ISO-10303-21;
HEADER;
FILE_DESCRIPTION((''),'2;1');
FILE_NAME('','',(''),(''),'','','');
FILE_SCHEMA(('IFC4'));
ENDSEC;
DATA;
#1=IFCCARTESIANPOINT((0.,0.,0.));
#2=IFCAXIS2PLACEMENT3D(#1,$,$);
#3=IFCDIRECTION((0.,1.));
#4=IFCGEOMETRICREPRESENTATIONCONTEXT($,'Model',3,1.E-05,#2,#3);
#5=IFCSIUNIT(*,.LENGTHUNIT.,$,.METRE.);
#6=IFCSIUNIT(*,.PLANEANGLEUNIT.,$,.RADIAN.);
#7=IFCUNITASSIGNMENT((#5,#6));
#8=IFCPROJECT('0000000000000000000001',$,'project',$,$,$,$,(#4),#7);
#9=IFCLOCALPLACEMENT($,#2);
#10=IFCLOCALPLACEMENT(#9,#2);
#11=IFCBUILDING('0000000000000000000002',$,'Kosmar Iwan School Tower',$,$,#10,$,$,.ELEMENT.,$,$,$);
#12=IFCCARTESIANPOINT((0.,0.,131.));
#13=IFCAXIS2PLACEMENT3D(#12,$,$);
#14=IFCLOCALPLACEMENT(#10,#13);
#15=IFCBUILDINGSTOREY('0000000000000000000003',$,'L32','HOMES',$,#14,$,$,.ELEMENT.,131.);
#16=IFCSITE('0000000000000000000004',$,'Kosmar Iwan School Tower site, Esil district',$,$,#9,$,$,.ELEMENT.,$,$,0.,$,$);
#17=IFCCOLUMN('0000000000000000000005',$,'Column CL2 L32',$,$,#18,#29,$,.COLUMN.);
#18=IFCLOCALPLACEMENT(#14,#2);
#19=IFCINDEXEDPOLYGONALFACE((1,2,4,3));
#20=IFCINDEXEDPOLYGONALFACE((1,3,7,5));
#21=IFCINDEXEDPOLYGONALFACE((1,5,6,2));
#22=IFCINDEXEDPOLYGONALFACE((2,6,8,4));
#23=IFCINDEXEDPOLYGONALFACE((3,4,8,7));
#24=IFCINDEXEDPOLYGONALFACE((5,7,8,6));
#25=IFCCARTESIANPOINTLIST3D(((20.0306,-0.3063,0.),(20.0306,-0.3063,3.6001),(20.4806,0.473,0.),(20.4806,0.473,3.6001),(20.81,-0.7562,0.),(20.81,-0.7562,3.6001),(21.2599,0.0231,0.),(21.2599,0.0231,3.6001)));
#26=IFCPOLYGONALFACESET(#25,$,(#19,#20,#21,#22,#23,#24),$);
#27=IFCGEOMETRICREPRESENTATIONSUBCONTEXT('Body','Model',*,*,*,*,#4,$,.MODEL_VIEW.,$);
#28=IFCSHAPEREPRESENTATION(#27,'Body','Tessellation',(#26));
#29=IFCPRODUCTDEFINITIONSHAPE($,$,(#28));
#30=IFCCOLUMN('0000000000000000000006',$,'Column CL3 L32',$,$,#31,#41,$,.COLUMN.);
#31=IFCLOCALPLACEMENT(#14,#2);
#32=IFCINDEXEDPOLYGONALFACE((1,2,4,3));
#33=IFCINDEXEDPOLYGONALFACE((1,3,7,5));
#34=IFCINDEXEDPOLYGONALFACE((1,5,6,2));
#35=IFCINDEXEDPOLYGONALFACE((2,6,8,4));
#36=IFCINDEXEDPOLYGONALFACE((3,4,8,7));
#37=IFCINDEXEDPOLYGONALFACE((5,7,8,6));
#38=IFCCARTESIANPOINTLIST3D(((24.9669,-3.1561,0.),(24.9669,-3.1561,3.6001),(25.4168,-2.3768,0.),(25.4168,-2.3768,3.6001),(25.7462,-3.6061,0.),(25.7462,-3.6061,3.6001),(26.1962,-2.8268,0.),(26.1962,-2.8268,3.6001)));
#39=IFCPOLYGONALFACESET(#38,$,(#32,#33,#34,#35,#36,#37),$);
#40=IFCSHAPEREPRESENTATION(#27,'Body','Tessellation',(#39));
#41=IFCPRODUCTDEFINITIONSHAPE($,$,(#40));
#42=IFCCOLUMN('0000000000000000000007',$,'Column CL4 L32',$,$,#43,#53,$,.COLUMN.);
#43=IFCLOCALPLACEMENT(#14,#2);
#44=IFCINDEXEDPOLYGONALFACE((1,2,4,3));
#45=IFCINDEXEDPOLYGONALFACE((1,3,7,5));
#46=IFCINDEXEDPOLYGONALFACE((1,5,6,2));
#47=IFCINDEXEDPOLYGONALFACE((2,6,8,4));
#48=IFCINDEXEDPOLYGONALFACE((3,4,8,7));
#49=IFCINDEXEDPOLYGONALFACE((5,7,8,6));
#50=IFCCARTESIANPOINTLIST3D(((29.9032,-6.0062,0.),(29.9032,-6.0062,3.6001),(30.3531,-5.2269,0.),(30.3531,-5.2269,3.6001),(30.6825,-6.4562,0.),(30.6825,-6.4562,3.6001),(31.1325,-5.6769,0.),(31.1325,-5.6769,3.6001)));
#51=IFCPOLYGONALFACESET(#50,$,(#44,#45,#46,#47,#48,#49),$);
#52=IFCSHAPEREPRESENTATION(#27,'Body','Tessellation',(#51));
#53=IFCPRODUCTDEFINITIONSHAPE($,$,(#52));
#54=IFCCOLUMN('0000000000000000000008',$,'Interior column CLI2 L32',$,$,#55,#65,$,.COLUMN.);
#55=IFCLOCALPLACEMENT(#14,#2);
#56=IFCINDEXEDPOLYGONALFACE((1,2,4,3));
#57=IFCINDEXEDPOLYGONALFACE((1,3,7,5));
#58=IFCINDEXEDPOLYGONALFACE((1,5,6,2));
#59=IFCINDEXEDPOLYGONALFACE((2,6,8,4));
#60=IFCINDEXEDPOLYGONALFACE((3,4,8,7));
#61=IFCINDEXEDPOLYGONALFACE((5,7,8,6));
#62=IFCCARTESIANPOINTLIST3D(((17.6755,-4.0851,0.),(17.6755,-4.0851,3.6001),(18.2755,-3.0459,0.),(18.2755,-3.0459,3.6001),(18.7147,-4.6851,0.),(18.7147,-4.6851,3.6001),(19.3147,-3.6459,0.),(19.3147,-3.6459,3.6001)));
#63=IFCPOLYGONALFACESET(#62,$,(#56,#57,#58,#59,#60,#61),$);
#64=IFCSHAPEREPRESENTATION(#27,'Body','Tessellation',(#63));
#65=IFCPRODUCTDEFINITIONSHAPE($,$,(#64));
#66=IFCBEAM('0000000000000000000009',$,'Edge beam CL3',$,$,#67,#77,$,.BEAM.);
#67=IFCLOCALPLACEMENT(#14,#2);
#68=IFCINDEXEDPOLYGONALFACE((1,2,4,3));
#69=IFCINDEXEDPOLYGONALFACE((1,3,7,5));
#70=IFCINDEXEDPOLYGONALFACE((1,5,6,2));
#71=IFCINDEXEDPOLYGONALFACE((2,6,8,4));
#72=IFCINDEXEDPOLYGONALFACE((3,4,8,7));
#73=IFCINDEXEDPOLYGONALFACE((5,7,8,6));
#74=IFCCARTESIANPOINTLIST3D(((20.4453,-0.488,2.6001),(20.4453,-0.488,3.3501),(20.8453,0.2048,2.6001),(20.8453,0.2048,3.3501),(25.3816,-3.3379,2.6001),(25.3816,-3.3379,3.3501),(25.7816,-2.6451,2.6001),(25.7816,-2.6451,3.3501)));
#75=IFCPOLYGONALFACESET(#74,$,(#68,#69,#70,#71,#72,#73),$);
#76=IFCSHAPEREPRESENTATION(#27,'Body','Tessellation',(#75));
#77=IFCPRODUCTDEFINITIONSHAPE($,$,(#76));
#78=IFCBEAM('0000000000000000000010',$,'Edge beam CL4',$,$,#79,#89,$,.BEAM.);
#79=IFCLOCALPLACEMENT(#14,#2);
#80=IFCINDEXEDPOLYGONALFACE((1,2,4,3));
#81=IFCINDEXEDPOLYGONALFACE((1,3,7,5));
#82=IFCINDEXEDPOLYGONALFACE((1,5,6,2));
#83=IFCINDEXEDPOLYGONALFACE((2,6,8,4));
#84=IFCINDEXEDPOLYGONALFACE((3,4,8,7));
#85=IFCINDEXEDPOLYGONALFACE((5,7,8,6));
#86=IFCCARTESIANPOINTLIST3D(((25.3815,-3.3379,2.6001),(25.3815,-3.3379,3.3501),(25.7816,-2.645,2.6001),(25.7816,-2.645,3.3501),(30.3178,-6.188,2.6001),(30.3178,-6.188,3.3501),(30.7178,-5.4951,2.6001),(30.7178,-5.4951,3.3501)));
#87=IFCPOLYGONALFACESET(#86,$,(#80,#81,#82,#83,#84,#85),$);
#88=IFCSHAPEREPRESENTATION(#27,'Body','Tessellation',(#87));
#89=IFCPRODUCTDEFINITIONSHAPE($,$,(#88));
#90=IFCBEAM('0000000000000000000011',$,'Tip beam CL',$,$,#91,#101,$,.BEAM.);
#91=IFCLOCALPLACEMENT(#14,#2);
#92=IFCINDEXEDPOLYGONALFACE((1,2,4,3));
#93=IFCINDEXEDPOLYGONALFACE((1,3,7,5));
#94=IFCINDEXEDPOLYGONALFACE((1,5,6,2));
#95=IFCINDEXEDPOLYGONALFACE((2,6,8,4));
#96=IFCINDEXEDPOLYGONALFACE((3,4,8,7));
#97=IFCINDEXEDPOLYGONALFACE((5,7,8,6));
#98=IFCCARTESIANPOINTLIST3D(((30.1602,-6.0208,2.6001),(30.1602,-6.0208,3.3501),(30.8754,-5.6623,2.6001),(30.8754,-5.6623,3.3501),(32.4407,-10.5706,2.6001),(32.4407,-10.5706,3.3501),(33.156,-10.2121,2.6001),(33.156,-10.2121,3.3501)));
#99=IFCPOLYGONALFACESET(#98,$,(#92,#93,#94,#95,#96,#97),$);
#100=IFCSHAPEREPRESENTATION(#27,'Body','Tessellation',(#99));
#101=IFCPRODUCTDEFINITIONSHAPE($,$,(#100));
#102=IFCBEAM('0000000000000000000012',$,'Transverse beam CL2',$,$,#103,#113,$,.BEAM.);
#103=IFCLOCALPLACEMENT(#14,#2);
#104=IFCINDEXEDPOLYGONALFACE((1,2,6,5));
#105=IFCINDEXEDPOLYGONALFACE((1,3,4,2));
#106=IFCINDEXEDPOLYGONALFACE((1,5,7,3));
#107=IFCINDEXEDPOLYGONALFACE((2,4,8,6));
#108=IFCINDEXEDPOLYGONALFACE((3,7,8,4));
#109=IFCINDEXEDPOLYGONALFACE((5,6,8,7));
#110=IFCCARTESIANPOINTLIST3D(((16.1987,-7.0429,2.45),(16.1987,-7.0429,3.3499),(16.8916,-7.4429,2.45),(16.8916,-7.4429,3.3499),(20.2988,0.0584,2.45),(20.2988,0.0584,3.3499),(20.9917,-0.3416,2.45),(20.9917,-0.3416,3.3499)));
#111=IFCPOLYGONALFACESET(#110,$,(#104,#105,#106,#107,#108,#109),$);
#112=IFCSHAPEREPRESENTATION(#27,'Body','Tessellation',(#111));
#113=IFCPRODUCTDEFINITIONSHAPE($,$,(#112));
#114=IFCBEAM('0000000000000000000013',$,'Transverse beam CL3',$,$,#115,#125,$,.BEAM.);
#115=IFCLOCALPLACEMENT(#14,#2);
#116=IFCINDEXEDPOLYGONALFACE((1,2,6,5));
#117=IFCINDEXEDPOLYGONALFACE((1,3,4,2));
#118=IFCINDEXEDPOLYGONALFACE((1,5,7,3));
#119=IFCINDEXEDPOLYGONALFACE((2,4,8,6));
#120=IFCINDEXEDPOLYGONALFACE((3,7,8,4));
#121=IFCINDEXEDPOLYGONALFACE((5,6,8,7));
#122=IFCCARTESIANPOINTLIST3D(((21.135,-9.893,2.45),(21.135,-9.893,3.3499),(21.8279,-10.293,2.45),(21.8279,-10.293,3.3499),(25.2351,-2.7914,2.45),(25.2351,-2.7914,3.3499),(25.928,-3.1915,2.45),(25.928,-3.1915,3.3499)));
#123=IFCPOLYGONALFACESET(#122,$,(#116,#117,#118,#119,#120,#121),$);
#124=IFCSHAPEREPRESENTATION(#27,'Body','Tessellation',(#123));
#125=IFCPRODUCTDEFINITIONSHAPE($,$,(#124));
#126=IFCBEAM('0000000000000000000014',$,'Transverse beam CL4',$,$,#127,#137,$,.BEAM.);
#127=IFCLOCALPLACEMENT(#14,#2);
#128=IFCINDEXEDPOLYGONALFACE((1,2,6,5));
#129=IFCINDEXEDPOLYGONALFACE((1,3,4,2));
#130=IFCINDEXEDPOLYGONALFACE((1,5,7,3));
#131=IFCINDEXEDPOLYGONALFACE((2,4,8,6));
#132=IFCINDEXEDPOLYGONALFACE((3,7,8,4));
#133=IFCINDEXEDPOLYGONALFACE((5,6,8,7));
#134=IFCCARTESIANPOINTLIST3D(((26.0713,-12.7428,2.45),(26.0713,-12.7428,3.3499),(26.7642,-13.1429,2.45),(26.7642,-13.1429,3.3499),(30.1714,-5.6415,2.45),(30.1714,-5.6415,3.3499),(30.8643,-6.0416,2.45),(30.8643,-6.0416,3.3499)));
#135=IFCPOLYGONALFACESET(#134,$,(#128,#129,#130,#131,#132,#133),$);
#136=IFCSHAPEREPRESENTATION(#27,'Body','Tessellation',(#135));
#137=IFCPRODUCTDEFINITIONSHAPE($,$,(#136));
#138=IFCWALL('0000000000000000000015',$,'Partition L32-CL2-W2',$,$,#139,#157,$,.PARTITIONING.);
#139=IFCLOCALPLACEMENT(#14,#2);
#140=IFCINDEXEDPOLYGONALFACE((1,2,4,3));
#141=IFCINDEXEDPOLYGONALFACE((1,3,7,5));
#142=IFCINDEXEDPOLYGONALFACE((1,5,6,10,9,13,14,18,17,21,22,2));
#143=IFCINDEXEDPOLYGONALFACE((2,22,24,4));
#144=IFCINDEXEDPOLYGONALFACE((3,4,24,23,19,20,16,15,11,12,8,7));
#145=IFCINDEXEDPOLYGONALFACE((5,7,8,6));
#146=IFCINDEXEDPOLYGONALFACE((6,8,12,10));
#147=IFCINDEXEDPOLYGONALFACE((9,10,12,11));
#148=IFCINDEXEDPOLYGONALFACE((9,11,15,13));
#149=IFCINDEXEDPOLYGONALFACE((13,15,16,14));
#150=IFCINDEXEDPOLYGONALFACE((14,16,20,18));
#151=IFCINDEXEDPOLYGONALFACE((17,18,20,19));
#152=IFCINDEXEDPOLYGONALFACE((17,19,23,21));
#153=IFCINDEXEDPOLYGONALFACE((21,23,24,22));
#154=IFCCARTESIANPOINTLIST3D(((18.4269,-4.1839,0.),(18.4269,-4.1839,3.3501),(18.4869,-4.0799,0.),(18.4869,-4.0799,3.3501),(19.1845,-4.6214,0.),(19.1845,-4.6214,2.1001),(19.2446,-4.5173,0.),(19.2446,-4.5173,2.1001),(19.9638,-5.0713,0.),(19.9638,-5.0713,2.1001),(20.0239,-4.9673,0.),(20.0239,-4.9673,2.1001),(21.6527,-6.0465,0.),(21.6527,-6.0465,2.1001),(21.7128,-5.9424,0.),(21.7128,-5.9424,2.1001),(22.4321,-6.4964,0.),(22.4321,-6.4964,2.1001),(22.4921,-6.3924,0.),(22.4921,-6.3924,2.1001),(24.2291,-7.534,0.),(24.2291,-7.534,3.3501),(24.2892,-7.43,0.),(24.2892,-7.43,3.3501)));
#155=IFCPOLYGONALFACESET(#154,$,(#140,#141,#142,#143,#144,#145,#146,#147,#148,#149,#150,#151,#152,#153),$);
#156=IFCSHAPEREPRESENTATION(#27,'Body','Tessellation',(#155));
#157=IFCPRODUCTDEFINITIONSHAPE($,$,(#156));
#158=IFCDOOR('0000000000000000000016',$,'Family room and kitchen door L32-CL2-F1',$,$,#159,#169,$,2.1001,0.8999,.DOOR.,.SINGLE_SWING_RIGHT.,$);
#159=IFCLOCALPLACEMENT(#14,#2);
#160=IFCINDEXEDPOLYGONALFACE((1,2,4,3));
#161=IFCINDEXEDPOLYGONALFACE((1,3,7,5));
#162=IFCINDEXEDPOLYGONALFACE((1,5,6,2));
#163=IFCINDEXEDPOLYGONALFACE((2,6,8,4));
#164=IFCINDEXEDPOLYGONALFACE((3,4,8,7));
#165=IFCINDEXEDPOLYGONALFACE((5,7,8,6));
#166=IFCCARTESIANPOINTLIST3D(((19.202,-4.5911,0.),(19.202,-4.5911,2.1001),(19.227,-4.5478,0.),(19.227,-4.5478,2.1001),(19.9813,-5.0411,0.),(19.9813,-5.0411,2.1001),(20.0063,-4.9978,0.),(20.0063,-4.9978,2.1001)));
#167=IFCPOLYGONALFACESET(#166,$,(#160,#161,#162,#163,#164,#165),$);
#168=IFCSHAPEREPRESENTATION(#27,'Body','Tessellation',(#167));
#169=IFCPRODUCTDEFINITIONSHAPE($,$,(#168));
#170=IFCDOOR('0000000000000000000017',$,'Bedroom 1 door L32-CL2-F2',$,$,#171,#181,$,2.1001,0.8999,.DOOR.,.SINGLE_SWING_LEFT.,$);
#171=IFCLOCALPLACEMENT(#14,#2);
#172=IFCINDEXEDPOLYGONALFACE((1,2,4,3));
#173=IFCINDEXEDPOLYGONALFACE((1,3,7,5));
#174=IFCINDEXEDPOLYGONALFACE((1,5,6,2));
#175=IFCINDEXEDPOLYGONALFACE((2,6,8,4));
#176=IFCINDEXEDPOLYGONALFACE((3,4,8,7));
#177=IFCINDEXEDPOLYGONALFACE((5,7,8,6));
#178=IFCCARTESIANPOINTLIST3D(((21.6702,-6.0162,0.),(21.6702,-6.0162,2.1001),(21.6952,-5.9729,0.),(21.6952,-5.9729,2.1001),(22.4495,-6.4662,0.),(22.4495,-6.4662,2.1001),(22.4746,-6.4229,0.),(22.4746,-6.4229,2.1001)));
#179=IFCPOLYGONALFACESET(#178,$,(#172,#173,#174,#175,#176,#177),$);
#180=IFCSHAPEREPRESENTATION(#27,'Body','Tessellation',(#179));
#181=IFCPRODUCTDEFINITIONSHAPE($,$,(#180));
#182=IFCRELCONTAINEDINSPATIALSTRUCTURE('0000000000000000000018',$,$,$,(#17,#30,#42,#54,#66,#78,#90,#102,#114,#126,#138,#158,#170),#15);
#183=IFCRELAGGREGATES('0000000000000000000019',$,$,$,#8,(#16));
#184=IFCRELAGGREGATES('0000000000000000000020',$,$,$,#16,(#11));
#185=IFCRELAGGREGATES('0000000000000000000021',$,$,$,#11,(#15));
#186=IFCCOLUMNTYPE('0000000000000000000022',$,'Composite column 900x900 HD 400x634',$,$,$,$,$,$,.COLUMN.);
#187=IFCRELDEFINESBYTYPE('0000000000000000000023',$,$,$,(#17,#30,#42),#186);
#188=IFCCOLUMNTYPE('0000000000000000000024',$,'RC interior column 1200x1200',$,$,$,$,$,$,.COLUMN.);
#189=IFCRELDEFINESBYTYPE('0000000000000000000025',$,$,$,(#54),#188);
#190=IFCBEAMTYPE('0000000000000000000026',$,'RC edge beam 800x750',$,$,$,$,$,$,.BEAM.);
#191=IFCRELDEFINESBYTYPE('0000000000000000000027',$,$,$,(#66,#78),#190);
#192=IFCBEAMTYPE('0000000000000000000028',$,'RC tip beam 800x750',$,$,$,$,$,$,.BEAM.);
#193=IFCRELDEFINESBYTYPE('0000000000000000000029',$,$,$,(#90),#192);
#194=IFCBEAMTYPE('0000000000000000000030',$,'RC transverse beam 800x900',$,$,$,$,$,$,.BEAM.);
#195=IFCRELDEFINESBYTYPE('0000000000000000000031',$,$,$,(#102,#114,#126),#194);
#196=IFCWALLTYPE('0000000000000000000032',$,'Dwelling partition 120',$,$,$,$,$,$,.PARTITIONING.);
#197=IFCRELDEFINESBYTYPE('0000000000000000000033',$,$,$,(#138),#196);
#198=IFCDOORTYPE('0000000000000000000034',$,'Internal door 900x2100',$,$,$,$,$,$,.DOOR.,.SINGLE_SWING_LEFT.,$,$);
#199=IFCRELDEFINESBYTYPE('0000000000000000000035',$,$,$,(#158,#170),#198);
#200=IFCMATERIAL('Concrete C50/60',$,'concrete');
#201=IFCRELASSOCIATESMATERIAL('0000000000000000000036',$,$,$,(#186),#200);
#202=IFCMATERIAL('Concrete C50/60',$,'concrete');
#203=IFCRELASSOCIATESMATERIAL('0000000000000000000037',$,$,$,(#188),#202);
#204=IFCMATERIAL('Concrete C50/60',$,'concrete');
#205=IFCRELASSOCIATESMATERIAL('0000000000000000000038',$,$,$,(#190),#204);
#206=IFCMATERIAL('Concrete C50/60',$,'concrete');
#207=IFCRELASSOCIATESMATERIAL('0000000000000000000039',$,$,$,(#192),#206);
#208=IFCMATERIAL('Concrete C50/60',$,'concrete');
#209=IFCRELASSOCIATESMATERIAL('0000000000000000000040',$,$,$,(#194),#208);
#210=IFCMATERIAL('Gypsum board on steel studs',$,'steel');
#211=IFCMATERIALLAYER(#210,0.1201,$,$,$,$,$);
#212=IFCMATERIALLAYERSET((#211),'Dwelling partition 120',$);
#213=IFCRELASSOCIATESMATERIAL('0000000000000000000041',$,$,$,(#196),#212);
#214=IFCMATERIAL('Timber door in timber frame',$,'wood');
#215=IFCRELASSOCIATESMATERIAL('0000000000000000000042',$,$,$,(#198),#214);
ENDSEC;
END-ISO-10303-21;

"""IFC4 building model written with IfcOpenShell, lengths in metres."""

from ifc_helpers import new_model, si_unit, direction, frame, frame_2d, origin, origin_2d, place, context, subcontext, project, spatial, rectangle, extrude, material, layer, layer_set, material_profile, profile_set, type_object, element, fill, save


model = new_model("IFC4")

# Units and contexts
model_context = context("Model", 3, precision=1e-05, world=origin(), true_north=direction((0.0, 1.0)))
body_context = subcontext(model_context, "Body", "Model", "MODEL_VIEW")
ifc_project = project(units=[si_unit("LENGTHUNIT", "METRE"), si_unit("PLANEANGLEUNIT", "RADIAN")], contexts=[model_context])

# Site, building, storey
site_placement = place(None, origin())
site = spatial("IfcSite", under=ifc_project, at=site_placement, Name="Kosmar Iwan School Tower site, Esil district", CompositionType="ELEMENT", RefElevation=0.0)
building_placement = place(site_placement, origin())
building = spatial("IfcBuilding", under=site, at=building_placement, Name="Kosmar Iwan School Tower", CompositionType="ELEMENT")
storey_placement = place(building_placement, frame((0.0, 0.0, 131.0)))
storey = spatial("IfcBuildingStorey", under=building, at=storey_placement, Name="L32", Description="HOMES", CompositionType="ELEMENT", Elevation=131.0)

# Columns
ifc_material_1 = material(Name="Concrete C50/60", Category="concrete")
ifc_material_profile_1 = material_profile(ifc_material_1, rectangle(XDim=0.8999, YDim=0.8999, at=origin_2d()), Name="RC 900x900 + HD 400x634")
ifc_profile_set_1 = profile_set([ifc_material_profile_1], Name="Concrete C50/60")
column_type_1 = type_object("IfcColumnType", Name="Composite column 900x900 HD 400x634", PredefinedType="COLUMN", material=ifc_profile_set_1)
for number, where, z_axis, x_axis, name in (
    (1, (20.6453, -0.1416, 0.0), (0.0, 0.0, 1.0), (0.866025, -0.5, 0.0), "Column CL2 L32"),
    (2, (25.5815, -2.9915, 0.0), (0.0, 0.0, 1.0), (0.866025, -0.5, 0.0), "Column CL3 L32"),
    (3, (30.5178, -5.8416, 0.0), (0.0, 0.0, 1.0), (0.866025, -0.5, 0.0), "Column CL4 L32"),
):
    element("IfcColumn", number, at=place(storey_placement, frame(where, z_axis=z_axis, x_axis=x_axis)), inside=storey, type_object=column_type_1, Name=name, PredefinedType="COLUMN", context=body_context, shape_type="SweptSolid", body=[
        extrude(rectangle(XDim=0.8999, YDim=0.8999, at=origin_2d()), origin(), (0.0, 0.0, 1.0), 3.6001),
    ])
ifc_material_2 = material(Name="Concrete C50/60", Category="concrete")
ifc_material_profile_2 = material_profile(ifc_material_2, rectangle(XDim=1.2, YDim=1.2, at=origin_2d()), Name="RC 1200x1200")
ifc_profile_set_2 = profile_set([ifc_material_profile_2], Name="Concrete C50/60")
column_type_2 = type_object("IfcColumnType", Name="RC interior column 1200x1200", PredefinedType="COLUMN", material=ifc_profile_set_2)
column_placement = place(storey_placement, frame((18.4951, -3.8655, 0.0), z_axis=(0.0, 0.0, 1.0), x_axis=(0.866025, -0.5, 0.0)))
element("IfcColumn", 4, at=column_placement, inside=storey, type_object=column_type_2, Name="Interior column CLI2 L32", PredefinedType="COLUMN", context=body_context, shape_type="SweptSolid", body=[
    extrude(rectangle(XDim=1.2, YDim=1.2, at=origin_2d()), origin(), (0.0, 0.0, 1.0), 3.6001),
])

# Beams
ifc_material_3 = material(Name="Concrete C50/60", Category="concrete")
ifc_material_profile_3 = material_profile(ifc_material_3, rectangle(XDim=0.8, YDim=0.75, at=origin_2d()), Name="RC 800x750")
ifc_profile_set_3 = profile_set([ifc_material_profile_3], Name="Concrete C50/60")
beam_type_1 = type_object("IfcBeamType", Name="RC edge beam 800x750", PredefinedType="BEAM", material=ifc_profile_set_3)
for number, where, z_axis, x_axis, name in (
    (5, (20.6453, -0.1416, 2.9751), (0.866034, -0.499986, 0.0), (0.499986, 0.866034, 0.0), "Edge beam CL3"),
    (6, (25.5815, -2.9915, 2.9751), (0.866015, -0.500018, 0.0), (0.500018, 0.866015, 0.0), "Edge beam CL4"),
):
    element("IfcBeam", number, at=place(storey_placement, frame(where, z_axis=z_axis, x_axis=x_axis)), inside=storey, type_object=beam_type_1, Name=name, PredefinedType="BEAM", context=body_context, shape_type="SweptSolid", body=[
        extrude(rectangle(XDim=0.8, YDim=0.75, at=origin_2d()), origin(), (0.0, 0.0, 1.0), 5.7),
    ])
ifc_material_4 = material(Name="Concrete C50/60", Category="concrete")
ifc_material_profile_4 = material_profile(ifc_material_4, rectangle(XDim=0.8, YDim=0.75, at=origin_2d()), Name="RC 800x750")
ifc_profile_set_4 = profile_set([ifc_material_profile_4], Name="Concrete C50/60")
beam_type_2 = type_object("IfcBeamType", Name="RC tip beam 800x750", PredefinedType="BEAM", material=ifc_profile_set_4)
beam_1_placement = place(storey_placement, frame((30.5178, -5.8416, 2.9751), z_axis=(0.448096, -0.893985, 0.0), x_axis=(0.893985, 0.448096, 0.0)))
element("IfcBeam", 7, at=beam_1_placement, inside=storey, type_object=beam_type_2, Name="Tip beam CL", PredefinedType="BEAM", context=body_context, shape_type="SweptSolid", body=[
    extrude(rectangle(XDim=0.8, YDim=0.75, at=origin_2d()), origin(), (0.0, 0.0, 1.0), 5.0894),
])
ifc_material_5 = material(Name="Concrete C50/60", Category="concrete")
ifc_material_profile_5 = material_profile(ifc_material_5, rectangle(XDim=0.8, YDim=0.8999, at=origin_2d()), Name="RC 800x900")
ifc_profile_set_5 = profile_set([ifc_material_profile_5], Name="Concrete C50/60")
beam_type_3 = type_object("IfcBeamType", Name="RC transverse beam 800x900", PredefinedType="BEAM", material=ifc_profile_set_5)
beam_2_placement = place(storey_placement, frame((20.6453, -0.1416, 2.8999), z_axis=(-0.500014, -0.866018, 0.0), x_axis=(0.866018, -0.500014, 0.0)))
element("IfcBeam", 8, at=beam_2_placement, inside=storey, type_object=beam_type_3, Name="Transverse beam CL2", PredefinedType="BEAM", context=body_context, shape_type="SweptSolid", body=[
    extrude(rectangle(XDim=0.8, YDim=0.8999, at=origin_2d()), origin(), (0.0, 0.0, 1.0), 8.2),
])
beam_3_placement = place(storey_placement, frame((25.5815, -2.9915, 2.8999), z_axis=(-0.500001, -0.866025, 0.0), x_axis=(0.866025, -0.500001, 0.0)))
element("IfcBeam", 9, at=beam_3_placement, inside=storey, type_object=beam_type_3, Name="Transverse beam CL3", PredefinedType="BEAM", context=body_context, shape_type="SweptSolid", body=[
    extrude(rectangle(XDim=0.8, YDim=0.8999, at=origin_2d()), origin(), (0.0, 0.0, 1.0), 8.2002),
])
beam_4_placement = place(storey_placement, frame((30.5178, -5.8416, 2.8999), z_axis=(-0.500014, -0.866018, 0.0), x_axis=(0.866018, -0.500014, 0.0)))
element("IfcBeam", 10, at=beam_4_placement, inside=storey, type_object=beam_type_3, Name="Transverse beam CL4", PredefinedType="BEAM", context=body_context, shape_type="SweptSolid", body=[
    extrude(rectangle(XDim=0.8, YDim=0.8999, at=origin_2d()), origin(), (0.0, 0.0, 1.0), 8.2),
])

# Wall, openings, doors
ifc_material_6 = material(Name="Gypsum board on steel studs", Category="steel")
ifc_layer_1 = layer(ifc_material_6, 0.1201)
ifc_layer_set_1 = layer_set([ifc_layer_1], Name="Dwelling partition 120")
wall_type_1 = type_object("IfcWallType", Name="Dwelling partition 120", PredefinedType="PARTITIONING", material=ifc_layer_set_1)
wall_1_placement = place(storey_placement, frame((18.4568, -4.1318, 0.0), z_axis=(0.0, 0.0, 1.0), x_axis=(0.866014, -0.500019, 0.0)))
wall_1 = element("IfcWall", 11, at=wall_1_placement, inside=storey, type_object=wall_type_1, Name="Partition L32-CL2-W2", PredefinedType="PARTITIONING", context=body_context, shape_type="SweptSolid", body=[
    extrude(rectangle(XDim=6.7, YDim=0.1201, at=frame_2d((3.3501, 0.0))), origin(), (0.0, 0.0, 1.0), 3.3501),
])
opening_1_placement = place(wall_1_placement, frame((0.875, 0.0, 0.0)))
opening_1 = element("IfcOpeningElement", 12, at=opening_1_placement, cuts=wall_1, PredefinedType="OPENING", context=body_context, shape_type="SweptSolid", body=[
    extrude(rectangle(XDim=0.8999, YDim=2.1001, at=frame_2d((0.45, 1.05))), frame((0.0, 0.072, 0.0), z_axis=(0.0, -1.0, 0.0), x_axis=(1.0, 0.0, 0.0)), (0.0, 0.0, 1.0), 0.144),
])
opening_2_placement = place(wall_1_placement, frame((3.7251, 0.0, 0.0)))
opening_2 = element("IfcOpeningElement", 13, at=opening_2_placement, cuts=wall_1, PredefinedType="OPENING", context=body_context, shape_type="SweptSolid", body=[
    extrude(rectangle(XDim=0.8999, YDim=2.1001, at=frame_2d((0.45, 1.05))), frame((0.0, 0.072, 0.0), z_axis=(0.0, -1.0, 0.0), x_axis=(1.0, 0.0, 0.0)), (0.0, 0.0, 1.0), 0.144),
])
ifc_material_7 = material(Name="Timber door in timber frame", Category="wood")
door_type = type_object("IfcDoorType", Name="Internal door 900x2100", OperationType="SINGLE_SWING_LEFT", PredefinedType="DOOR", material=ifc_material_7)
door_1_placement = place(opening_1_placement, origin())
door_1 = element("IfcDoor", 14, at=door_1_placement, inside=storey, type_object=door_type, Name="Family room and kitchen door L32-CL2-F1", OperationType="SINGLE_SWING_RIGHT", OverallHeight=2.1001, OverallWidth=0.8999, PredefinedType="DOOR", context=body_context, shape_type="SweptSolid", body=[
    extrude(rectangle(XDim=0.8999, YDim=2.1001, at=frame_2d((0.45, 1.05))), frame((0.0, 0.0249, 0.0), z_axis=(0.0, -1.0, 0.0), x_axis=(1.0, 0.0, 0.0)), (0.0, 0.0, 1.0), 0.05),
])
fill(opening_1, door_1)
door_2_placement = place(opening_2_placement, origin())
door_2 = element("IfcDoor", 15, at=door_2_placement, inside=storey, type_object=door_type, Name="Bedroom 1 door L32-CL2-F2", OperationType="SINGLE_SWING_LEFT", OverallHeight=2.1001, OverallWidth=0.8999, PredefinedType="DOOR", context=body_context, shape_type="SweptSolid", body=[
    extrude(rectangle(XDim=0.8999, YDim=2.1001, at=frame_2d((0.45, 1.05))), frame((0.0, 0.0249, 0.0), z_axis=(0.0, -1.0, 0.0), x_axis=(1.0, 0.0, 0.0)), (0.0, 0.0, 1.0), 0.05),
])
fill(opening_2, door_2)

save(model, "model.ifc")
